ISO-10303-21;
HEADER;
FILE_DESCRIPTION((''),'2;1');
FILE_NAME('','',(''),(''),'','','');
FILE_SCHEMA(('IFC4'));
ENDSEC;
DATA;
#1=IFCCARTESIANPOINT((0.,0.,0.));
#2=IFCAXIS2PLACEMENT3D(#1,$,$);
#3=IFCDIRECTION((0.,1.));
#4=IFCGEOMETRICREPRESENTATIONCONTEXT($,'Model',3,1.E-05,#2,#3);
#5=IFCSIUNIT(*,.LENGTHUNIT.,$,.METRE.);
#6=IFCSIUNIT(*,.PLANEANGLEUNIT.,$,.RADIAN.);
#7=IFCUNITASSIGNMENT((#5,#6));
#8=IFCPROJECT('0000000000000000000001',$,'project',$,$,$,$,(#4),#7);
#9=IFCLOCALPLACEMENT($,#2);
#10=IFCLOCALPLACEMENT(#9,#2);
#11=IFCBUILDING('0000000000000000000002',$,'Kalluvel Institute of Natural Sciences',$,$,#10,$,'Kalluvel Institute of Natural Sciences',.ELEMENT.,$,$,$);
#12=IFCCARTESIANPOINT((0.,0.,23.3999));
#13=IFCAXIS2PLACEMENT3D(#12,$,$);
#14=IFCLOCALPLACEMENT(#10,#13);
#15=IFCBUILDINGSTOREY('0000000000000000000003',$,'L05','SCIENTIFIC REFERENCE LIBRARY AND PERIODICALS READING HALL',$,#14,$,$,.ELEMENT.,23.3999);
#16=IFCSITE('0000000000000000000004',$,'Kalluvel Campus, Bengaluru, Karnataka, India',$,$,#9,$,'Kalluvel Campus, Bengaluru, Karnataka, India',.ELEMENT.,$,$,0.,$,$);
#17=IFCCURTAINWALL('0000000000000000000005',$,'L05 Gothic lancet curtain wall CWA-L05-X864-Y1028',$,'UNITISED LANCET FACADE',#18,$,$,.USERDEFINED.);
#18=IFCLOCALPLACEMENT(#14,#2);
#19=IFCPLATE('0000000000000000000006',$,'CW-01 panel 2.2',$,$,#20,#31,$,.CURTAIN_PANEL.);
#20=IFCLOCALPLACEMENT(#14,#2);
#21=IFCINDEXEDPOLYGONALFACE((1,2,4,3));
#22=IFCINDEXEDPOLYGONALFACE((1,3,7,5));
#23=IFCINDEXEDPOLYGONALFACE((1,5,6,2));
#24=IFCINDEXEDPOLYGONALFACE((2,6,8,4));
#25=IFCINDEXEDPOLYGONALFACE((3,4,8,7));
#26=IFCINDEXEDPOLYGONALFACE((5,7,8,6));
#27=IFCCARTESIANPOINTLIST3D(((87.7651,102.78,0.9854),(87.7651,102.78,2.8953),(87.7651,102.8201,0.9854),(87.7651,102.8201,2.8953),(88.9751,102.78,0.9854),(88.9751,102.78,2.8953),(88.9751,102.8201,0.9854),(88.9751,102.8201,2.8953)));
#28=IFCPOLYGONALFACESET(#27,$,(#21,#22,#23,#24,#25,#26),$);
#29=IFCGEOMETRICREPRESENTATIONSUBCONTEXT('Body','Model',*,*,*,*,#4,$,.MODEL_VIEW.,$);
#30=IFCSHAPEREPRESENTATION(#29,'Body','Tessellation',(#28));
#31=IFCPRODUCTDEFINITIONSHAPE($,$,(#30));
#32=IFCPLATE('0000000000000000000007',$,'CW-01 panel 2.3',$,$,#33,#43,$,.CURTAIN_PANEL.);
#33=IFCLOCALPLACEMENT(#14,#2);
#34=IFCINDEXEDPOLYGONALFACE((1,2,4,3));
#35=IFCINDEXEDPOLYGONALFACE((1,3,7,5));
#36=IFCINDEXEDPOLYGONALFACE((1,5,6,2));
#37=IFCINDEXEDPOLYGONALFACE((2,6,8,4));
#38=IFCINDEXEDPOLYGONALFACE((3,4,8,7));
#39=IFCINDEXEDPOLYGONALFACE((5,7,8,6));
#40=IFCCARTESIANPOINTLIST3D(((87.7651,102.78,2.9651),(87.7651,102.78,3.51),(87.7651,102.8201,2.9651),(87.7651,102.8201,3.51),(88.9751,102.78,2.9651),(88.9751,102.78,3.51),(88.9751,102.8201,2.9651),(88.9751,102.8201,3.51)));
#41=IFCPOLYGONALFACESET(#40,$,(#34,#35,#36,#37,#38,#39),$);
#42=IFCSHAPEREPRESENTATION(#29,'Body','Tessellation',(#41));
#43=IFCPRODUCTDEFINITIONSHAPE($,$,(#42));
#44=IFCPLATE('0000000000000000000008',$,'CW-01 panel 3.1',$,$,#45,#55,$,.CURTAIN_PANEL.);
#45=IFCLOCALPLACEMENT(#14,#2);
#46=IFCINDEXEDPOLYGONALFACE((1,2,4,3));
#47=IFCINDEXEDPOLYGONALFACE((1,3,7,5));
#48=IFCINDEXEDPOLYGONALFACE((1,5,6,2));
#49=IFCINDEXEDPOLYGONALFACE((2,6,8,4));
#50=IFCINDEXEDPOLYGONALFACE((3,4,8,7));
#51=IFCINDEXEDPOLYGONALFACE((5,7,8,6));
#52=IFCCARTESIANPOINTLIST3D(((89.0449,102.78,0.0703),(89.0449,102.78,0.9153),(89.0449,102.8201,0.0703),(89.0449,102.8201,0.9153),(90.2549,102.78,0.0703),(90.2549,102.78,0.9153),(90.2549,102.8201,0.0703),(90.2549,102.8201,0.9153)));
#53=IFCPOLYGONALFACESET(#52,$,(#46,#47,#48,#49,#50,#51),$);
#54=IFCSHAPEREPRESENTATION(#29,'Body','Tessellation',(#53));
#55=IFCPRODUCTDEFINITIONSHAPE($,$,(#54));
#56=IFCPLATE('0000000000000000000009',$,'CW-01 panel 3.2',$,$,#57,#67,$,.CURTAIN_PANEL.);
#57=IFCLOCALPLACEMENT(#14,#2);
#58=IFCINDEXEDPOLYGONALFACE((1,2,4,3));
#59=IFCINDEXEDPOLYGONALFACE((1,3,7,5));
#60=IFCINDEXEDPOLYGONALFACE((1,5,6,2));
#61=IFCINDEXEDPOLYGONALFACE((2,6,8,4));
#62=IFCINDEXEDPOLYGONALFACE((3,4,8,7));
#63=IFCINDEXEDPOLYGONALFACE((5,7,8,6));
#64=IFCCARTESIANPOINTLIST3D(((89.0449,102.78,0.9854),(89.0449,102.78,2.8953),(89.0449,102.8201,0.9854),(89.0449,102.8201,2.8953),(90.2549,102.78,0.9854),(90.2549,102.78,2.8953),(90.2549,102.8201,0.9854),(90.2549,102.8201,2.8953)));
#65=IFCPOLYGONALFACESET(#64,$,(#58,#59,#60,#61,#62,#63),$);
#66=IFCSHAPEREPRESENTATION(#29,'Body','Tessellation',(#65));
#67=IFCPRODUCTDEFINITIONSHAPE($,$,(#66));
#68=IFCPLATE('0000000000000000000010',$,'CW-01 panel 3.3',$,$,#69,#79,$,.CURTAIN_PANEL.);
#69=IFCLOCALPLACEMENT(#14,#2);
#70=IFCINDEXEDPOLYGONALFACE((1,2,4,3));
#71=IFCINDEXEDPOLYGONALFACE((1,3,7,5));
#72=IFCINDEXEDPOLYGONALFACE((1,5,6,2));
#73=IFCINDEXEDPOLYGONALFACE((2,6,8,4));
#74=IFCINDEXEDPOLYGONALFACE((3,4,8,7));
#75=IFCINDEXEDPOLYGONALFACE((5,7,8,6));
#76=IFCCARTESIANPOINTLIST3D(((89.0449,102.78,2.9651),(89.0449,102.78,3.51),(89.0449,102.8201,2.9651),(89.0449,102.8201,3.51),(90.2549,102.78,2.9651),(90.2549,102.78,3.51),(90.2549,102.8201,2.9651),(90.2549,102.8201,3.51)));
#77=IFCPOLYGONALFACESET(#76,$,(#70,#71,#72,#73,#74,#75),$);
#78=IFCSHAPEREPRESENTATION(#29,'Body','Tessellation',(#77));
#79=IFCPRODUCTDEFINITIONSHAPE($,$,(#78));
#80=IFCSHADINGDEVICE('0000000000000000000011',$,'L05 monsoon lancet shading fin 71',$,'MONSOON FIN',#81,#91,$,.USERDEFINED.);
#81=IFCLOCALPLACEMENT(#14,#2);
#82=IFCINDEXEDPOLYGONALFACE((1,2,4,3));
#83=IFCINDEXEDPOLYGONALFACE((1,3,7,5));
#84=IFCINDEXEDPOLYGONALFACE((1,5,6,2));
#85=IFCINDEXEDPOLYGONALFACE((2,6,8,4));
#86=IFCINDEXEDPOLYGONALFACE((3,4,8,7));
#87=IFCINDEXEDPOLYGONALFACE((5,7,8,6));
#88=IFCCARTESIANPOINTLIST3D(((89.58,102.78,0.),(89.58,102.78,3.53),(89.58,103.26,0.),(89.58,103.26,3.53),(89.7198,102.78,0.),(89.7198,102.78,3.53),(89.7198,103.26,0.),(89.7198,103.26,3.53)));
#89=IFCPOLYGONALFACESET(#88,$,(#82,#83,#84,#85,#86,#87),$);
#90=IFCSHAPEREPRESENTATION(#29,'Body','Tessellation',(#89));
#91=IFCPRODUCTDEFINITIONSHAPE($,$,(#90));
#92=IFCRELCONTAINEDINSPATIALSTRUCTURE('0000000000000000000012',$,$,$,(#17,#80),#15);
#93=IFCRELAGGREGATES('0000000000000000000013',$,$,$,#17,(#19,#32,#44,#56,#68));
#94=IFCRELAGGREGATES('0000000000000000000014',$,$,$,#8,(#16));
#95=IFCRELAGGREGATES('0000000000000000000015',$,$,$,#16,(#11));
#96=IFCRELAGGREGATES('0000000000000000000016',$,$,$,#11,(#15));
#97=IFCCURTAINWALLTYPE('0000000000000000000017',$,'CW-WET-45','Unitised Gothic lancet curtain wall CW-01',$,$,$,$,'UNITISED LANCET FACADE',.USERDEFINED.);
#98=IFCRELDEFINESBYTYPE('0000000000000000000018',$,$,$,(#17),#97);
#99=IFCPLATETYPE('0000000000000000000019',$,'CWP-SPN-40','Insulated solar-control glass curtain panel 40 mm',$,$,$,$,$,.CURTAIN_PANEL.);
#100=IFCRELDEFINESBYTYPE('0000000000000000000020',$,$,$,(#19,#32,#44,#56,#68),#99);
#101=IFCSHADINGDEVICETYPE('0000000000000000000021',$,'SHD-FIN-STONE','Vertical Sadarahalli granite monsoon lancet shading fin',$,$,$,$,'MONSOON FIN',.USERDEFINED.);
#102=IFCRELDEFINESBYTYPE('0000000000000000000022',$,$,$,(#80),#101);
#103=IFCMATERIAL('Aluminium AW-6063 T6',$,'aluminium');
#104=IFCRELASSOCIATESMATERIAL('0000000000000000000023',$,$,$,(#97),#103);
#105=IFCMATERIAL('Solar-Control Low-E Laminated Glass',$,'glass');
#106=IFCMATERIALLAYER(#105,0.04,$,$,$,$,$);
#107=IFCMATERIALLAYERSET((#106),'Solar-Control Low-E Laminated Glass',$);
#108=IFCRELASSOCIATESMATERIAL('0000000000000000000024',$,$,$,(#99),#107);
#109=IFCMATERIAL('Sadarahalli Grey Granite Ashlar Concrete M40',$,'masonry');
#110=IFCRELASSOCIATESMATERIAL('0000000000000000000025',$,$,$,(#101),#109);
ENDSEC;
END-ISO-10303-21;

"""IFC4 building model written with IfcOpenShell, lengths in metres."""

from ifc_helpers import new_model, si_unit, direction, frame, origin, origin_2d, place, context, subcontext, project, spatial, rectangle, extrude, material, layer, layer_set, type_object, element, aggregate, save


model = new_model("IFC4")

# Units and contexts
model_context = context("Model", 3, precision=1e-05, world=origin(), true_north=direction((0.0, 1.0)))
body_context = subcontext(model_context, "Body", "Model", "MODEL_VIEW")
ifc_project = project(units=[si_unit("LENGTHUNIT", "METRE"), si_unit("PLANEANGLEUNIT", "RADIAN")], contexts=[model_context])

# Site, building, storey
site_placement = place(None, origin())
site = spatial("IfcSite", under=ifc_project, at=site_placement, Name="Kalluvel Campus, Bengaluru, Karnataka, India", LongName="Kalluvel Campus, Bengaluru, Karnataka, India", CompositionType="ELEMENT", RefElevation=0.0)
building_placement = place(site_placement, origin())
building = spatial("IfcBuilding", under=site, at=building_placement, Name="Kalluvel Institute of Natural Sciences", LongName="Kalluvel Institute of Natural Sciences", CompositionType="ELEMENT")
storey_placement = place(building_placement, frame((0.0, 0.0, 23.3999)))
storey = spatial("IfcBuildingStorey", under=building, at=storey_placement, Name="L05", Description="SCIENTIFIC REFERENCE LIBRARY AND PERIODICALS READING HALL", CompositionType="ELEMENT", Elevation=23.3999)

# Curtain wall
ifc_material_1 = material(Name="Aluminium AW-6063 T6", Category="aluminium")
curtain_wall_type = type_object("IfcCurtainWallType", Name="CW-WET-45", Description="Unitised Gothic lancet curtain wall CW-01", ElementType="UNITISED LANCET FACADE", PredefinedType="USERDEFINED", material=ifc_material_1)
curtain_wall_placement = place(storey_placement, origin())
curtain_wall = element("IfcCurtainWall", 1, at=curtain_wall_placement, inside=storey, type_object=curtain_wall_type, Name="L05 Gothic lancet curtain wall CWA-L05-X864-Y1028", ObjectType="UNITISED LANCET FACADE", PredefinedType="USERDEFINED")

# Plates
ifc_material_2 = material(Name="Solar-Control Low-E Laminated Glass", Category="glass")
ifc_layer = layer(ifc_material_2, 0.04)
ifc_layer_set = layer_set([ifc_layer], Name="Solar-Control Low-E Laminated Glass")
plate_type = type_object("IfcPlateType", Name="CWP-SPN-40", Description="Insulated solar-control glass curtain panel 40 mm", PredefinedType="CURTAIN_PANEL", material=ifc_layer_set)
plate_1_placement = place(storey_placement, frame((88.3701, 102.8, 0.9854), z_axis=(0.0, 0.0, 1.0), x_axis=(1.0, 0.0, 0.0)))
plate_1 = element("IfcPlate", 2, at=plate_1_placement, type_object=plate_type, Name="CW-01 panel 2.2", PredefinedType="CURTAIN_PANEL", context=body_context, shape_type="SweptSolid", body=[
    extrude(rectangle(XDim=1.21, YDim=0.04, at=origin_2d()), origin(), (0.0, 0.0, 1.0), 1.9099),
])
plate_2_placement = place(storey_placement, frame((88.3701, 102.8, 2.9651), z_axis=(0.0, 0.0, 1.0), x_axis=(1.0, 0.0, 0.0)))
plate_2 = element("IfcPlate", 3, at=plate_2_placement, type_object=plate_type, Name="CW-01 panel 2.3", PredefinedType="CURTAIN_PANEL", context=body_context, shape_type="SweptSolid", body=[
    extrude(rectangle(XDim=1.21, YDim=0.04, at=origin_2d()), origin(), (0.0, 0.0, 1.0), 0.5449),
])
plate_3_placement = place(storey_placement, frame((89.6499, 102.8, 0.0703), z_axis=(0.0, 0.0, 1.0), x_axis=(1.0, 0.0, 0.0)))
plate_3 = element("IfcPlate", 4, at=plate_3_placement, type_object=plate_type, Name="CW-01 panel 3.1", PredefinedType="CURTAIN_PANEL", context=body_context, shape_type="SweptSolid", body=[
    extrude(rectangle(XDim=1.21, YDim=0.04, at=origin_2d()), origin(), (0.0, 0.0, 1.0), 0.845),
])
plate_4_placement = place(storey_placement, frame((89.6499, 102.8, 0.9854), z_axis=(0.0, 0.0, 1.0), x_axis=(1.0, 0.0, 0.0)))
plate_4 = element("IfcPlate", 5, at=plate_4_placement, type_object=plate_type, Name="CW-01 panel 3.2", PredefinedType="CURTAIN_PANEL", context=body_context, shape_type="SweptSolid", body=[
    extrude(rectangle(XDim=1.21, YDim=0.04, at=origin_2d()), origin(), (0.0, 0.0, 1.0), 1.9099),
])
plate_5_placement = place(storey_placement, frame((89.6499, 102.8, 2.9651), z_axis=(0.0, 0.0, 1.0), x_axis=(1.0, 0.0, 0.0)))
plate_5 = element("IfcPlate", 6, at=plate_5_placement, type_object=plate_type, Name="CW-01 panel 3.3", PredefinedType="CURTAIN_PANEL", context=body_context, shape_type="SweptSolid", body=[
    extrude(rectangle(XDim=1.21, YDim=0.04, at=origin_2d()), origin(), (0.0, 0.0, 1.0), 0.5449),
])
aggregate(curtain_wall, [plate_1, plate_2, plate_3, plate_4, plate_5])

# Shading device
ifc_material_3 = material(Name="Sadarahalli Grey Granite Ashlar Concrete M40", Category="masonry")
shading_device_type = type_object("IfcShadingDeviceType", Name="SHD-FIN-STONE", Description="Vertical Sadarahalli granite monsoon lancet shading fin", ElementType="MONSOON FIN", PredefinedType="USERDEFINED", material=ifc_material_3)
shading_device_placement = place(storey_placement, frame((89.6499, 103.02, 0.0), z_axis=(0.0, 0.0, 1.0), x_axis=(1.0, 0.0, 0.0)))
element("IfcShadingDevice", 7, at=shading_device_placement, inside=storey, type_object=shading_device_type, Name="L05 monsoon lancet shading fin 71", ObjectType="MONSOON FIN", PredefinedType="USERDEFINED", context=body_context, shape_type="SweptSolid", body=[
    extrude(rectangle(XDim=0.1399, YDim=0.48, at=origin_2d()), origin(), (0.0, 0.0, 1.0), 3.53),
])

save(model, "model.ifc")
